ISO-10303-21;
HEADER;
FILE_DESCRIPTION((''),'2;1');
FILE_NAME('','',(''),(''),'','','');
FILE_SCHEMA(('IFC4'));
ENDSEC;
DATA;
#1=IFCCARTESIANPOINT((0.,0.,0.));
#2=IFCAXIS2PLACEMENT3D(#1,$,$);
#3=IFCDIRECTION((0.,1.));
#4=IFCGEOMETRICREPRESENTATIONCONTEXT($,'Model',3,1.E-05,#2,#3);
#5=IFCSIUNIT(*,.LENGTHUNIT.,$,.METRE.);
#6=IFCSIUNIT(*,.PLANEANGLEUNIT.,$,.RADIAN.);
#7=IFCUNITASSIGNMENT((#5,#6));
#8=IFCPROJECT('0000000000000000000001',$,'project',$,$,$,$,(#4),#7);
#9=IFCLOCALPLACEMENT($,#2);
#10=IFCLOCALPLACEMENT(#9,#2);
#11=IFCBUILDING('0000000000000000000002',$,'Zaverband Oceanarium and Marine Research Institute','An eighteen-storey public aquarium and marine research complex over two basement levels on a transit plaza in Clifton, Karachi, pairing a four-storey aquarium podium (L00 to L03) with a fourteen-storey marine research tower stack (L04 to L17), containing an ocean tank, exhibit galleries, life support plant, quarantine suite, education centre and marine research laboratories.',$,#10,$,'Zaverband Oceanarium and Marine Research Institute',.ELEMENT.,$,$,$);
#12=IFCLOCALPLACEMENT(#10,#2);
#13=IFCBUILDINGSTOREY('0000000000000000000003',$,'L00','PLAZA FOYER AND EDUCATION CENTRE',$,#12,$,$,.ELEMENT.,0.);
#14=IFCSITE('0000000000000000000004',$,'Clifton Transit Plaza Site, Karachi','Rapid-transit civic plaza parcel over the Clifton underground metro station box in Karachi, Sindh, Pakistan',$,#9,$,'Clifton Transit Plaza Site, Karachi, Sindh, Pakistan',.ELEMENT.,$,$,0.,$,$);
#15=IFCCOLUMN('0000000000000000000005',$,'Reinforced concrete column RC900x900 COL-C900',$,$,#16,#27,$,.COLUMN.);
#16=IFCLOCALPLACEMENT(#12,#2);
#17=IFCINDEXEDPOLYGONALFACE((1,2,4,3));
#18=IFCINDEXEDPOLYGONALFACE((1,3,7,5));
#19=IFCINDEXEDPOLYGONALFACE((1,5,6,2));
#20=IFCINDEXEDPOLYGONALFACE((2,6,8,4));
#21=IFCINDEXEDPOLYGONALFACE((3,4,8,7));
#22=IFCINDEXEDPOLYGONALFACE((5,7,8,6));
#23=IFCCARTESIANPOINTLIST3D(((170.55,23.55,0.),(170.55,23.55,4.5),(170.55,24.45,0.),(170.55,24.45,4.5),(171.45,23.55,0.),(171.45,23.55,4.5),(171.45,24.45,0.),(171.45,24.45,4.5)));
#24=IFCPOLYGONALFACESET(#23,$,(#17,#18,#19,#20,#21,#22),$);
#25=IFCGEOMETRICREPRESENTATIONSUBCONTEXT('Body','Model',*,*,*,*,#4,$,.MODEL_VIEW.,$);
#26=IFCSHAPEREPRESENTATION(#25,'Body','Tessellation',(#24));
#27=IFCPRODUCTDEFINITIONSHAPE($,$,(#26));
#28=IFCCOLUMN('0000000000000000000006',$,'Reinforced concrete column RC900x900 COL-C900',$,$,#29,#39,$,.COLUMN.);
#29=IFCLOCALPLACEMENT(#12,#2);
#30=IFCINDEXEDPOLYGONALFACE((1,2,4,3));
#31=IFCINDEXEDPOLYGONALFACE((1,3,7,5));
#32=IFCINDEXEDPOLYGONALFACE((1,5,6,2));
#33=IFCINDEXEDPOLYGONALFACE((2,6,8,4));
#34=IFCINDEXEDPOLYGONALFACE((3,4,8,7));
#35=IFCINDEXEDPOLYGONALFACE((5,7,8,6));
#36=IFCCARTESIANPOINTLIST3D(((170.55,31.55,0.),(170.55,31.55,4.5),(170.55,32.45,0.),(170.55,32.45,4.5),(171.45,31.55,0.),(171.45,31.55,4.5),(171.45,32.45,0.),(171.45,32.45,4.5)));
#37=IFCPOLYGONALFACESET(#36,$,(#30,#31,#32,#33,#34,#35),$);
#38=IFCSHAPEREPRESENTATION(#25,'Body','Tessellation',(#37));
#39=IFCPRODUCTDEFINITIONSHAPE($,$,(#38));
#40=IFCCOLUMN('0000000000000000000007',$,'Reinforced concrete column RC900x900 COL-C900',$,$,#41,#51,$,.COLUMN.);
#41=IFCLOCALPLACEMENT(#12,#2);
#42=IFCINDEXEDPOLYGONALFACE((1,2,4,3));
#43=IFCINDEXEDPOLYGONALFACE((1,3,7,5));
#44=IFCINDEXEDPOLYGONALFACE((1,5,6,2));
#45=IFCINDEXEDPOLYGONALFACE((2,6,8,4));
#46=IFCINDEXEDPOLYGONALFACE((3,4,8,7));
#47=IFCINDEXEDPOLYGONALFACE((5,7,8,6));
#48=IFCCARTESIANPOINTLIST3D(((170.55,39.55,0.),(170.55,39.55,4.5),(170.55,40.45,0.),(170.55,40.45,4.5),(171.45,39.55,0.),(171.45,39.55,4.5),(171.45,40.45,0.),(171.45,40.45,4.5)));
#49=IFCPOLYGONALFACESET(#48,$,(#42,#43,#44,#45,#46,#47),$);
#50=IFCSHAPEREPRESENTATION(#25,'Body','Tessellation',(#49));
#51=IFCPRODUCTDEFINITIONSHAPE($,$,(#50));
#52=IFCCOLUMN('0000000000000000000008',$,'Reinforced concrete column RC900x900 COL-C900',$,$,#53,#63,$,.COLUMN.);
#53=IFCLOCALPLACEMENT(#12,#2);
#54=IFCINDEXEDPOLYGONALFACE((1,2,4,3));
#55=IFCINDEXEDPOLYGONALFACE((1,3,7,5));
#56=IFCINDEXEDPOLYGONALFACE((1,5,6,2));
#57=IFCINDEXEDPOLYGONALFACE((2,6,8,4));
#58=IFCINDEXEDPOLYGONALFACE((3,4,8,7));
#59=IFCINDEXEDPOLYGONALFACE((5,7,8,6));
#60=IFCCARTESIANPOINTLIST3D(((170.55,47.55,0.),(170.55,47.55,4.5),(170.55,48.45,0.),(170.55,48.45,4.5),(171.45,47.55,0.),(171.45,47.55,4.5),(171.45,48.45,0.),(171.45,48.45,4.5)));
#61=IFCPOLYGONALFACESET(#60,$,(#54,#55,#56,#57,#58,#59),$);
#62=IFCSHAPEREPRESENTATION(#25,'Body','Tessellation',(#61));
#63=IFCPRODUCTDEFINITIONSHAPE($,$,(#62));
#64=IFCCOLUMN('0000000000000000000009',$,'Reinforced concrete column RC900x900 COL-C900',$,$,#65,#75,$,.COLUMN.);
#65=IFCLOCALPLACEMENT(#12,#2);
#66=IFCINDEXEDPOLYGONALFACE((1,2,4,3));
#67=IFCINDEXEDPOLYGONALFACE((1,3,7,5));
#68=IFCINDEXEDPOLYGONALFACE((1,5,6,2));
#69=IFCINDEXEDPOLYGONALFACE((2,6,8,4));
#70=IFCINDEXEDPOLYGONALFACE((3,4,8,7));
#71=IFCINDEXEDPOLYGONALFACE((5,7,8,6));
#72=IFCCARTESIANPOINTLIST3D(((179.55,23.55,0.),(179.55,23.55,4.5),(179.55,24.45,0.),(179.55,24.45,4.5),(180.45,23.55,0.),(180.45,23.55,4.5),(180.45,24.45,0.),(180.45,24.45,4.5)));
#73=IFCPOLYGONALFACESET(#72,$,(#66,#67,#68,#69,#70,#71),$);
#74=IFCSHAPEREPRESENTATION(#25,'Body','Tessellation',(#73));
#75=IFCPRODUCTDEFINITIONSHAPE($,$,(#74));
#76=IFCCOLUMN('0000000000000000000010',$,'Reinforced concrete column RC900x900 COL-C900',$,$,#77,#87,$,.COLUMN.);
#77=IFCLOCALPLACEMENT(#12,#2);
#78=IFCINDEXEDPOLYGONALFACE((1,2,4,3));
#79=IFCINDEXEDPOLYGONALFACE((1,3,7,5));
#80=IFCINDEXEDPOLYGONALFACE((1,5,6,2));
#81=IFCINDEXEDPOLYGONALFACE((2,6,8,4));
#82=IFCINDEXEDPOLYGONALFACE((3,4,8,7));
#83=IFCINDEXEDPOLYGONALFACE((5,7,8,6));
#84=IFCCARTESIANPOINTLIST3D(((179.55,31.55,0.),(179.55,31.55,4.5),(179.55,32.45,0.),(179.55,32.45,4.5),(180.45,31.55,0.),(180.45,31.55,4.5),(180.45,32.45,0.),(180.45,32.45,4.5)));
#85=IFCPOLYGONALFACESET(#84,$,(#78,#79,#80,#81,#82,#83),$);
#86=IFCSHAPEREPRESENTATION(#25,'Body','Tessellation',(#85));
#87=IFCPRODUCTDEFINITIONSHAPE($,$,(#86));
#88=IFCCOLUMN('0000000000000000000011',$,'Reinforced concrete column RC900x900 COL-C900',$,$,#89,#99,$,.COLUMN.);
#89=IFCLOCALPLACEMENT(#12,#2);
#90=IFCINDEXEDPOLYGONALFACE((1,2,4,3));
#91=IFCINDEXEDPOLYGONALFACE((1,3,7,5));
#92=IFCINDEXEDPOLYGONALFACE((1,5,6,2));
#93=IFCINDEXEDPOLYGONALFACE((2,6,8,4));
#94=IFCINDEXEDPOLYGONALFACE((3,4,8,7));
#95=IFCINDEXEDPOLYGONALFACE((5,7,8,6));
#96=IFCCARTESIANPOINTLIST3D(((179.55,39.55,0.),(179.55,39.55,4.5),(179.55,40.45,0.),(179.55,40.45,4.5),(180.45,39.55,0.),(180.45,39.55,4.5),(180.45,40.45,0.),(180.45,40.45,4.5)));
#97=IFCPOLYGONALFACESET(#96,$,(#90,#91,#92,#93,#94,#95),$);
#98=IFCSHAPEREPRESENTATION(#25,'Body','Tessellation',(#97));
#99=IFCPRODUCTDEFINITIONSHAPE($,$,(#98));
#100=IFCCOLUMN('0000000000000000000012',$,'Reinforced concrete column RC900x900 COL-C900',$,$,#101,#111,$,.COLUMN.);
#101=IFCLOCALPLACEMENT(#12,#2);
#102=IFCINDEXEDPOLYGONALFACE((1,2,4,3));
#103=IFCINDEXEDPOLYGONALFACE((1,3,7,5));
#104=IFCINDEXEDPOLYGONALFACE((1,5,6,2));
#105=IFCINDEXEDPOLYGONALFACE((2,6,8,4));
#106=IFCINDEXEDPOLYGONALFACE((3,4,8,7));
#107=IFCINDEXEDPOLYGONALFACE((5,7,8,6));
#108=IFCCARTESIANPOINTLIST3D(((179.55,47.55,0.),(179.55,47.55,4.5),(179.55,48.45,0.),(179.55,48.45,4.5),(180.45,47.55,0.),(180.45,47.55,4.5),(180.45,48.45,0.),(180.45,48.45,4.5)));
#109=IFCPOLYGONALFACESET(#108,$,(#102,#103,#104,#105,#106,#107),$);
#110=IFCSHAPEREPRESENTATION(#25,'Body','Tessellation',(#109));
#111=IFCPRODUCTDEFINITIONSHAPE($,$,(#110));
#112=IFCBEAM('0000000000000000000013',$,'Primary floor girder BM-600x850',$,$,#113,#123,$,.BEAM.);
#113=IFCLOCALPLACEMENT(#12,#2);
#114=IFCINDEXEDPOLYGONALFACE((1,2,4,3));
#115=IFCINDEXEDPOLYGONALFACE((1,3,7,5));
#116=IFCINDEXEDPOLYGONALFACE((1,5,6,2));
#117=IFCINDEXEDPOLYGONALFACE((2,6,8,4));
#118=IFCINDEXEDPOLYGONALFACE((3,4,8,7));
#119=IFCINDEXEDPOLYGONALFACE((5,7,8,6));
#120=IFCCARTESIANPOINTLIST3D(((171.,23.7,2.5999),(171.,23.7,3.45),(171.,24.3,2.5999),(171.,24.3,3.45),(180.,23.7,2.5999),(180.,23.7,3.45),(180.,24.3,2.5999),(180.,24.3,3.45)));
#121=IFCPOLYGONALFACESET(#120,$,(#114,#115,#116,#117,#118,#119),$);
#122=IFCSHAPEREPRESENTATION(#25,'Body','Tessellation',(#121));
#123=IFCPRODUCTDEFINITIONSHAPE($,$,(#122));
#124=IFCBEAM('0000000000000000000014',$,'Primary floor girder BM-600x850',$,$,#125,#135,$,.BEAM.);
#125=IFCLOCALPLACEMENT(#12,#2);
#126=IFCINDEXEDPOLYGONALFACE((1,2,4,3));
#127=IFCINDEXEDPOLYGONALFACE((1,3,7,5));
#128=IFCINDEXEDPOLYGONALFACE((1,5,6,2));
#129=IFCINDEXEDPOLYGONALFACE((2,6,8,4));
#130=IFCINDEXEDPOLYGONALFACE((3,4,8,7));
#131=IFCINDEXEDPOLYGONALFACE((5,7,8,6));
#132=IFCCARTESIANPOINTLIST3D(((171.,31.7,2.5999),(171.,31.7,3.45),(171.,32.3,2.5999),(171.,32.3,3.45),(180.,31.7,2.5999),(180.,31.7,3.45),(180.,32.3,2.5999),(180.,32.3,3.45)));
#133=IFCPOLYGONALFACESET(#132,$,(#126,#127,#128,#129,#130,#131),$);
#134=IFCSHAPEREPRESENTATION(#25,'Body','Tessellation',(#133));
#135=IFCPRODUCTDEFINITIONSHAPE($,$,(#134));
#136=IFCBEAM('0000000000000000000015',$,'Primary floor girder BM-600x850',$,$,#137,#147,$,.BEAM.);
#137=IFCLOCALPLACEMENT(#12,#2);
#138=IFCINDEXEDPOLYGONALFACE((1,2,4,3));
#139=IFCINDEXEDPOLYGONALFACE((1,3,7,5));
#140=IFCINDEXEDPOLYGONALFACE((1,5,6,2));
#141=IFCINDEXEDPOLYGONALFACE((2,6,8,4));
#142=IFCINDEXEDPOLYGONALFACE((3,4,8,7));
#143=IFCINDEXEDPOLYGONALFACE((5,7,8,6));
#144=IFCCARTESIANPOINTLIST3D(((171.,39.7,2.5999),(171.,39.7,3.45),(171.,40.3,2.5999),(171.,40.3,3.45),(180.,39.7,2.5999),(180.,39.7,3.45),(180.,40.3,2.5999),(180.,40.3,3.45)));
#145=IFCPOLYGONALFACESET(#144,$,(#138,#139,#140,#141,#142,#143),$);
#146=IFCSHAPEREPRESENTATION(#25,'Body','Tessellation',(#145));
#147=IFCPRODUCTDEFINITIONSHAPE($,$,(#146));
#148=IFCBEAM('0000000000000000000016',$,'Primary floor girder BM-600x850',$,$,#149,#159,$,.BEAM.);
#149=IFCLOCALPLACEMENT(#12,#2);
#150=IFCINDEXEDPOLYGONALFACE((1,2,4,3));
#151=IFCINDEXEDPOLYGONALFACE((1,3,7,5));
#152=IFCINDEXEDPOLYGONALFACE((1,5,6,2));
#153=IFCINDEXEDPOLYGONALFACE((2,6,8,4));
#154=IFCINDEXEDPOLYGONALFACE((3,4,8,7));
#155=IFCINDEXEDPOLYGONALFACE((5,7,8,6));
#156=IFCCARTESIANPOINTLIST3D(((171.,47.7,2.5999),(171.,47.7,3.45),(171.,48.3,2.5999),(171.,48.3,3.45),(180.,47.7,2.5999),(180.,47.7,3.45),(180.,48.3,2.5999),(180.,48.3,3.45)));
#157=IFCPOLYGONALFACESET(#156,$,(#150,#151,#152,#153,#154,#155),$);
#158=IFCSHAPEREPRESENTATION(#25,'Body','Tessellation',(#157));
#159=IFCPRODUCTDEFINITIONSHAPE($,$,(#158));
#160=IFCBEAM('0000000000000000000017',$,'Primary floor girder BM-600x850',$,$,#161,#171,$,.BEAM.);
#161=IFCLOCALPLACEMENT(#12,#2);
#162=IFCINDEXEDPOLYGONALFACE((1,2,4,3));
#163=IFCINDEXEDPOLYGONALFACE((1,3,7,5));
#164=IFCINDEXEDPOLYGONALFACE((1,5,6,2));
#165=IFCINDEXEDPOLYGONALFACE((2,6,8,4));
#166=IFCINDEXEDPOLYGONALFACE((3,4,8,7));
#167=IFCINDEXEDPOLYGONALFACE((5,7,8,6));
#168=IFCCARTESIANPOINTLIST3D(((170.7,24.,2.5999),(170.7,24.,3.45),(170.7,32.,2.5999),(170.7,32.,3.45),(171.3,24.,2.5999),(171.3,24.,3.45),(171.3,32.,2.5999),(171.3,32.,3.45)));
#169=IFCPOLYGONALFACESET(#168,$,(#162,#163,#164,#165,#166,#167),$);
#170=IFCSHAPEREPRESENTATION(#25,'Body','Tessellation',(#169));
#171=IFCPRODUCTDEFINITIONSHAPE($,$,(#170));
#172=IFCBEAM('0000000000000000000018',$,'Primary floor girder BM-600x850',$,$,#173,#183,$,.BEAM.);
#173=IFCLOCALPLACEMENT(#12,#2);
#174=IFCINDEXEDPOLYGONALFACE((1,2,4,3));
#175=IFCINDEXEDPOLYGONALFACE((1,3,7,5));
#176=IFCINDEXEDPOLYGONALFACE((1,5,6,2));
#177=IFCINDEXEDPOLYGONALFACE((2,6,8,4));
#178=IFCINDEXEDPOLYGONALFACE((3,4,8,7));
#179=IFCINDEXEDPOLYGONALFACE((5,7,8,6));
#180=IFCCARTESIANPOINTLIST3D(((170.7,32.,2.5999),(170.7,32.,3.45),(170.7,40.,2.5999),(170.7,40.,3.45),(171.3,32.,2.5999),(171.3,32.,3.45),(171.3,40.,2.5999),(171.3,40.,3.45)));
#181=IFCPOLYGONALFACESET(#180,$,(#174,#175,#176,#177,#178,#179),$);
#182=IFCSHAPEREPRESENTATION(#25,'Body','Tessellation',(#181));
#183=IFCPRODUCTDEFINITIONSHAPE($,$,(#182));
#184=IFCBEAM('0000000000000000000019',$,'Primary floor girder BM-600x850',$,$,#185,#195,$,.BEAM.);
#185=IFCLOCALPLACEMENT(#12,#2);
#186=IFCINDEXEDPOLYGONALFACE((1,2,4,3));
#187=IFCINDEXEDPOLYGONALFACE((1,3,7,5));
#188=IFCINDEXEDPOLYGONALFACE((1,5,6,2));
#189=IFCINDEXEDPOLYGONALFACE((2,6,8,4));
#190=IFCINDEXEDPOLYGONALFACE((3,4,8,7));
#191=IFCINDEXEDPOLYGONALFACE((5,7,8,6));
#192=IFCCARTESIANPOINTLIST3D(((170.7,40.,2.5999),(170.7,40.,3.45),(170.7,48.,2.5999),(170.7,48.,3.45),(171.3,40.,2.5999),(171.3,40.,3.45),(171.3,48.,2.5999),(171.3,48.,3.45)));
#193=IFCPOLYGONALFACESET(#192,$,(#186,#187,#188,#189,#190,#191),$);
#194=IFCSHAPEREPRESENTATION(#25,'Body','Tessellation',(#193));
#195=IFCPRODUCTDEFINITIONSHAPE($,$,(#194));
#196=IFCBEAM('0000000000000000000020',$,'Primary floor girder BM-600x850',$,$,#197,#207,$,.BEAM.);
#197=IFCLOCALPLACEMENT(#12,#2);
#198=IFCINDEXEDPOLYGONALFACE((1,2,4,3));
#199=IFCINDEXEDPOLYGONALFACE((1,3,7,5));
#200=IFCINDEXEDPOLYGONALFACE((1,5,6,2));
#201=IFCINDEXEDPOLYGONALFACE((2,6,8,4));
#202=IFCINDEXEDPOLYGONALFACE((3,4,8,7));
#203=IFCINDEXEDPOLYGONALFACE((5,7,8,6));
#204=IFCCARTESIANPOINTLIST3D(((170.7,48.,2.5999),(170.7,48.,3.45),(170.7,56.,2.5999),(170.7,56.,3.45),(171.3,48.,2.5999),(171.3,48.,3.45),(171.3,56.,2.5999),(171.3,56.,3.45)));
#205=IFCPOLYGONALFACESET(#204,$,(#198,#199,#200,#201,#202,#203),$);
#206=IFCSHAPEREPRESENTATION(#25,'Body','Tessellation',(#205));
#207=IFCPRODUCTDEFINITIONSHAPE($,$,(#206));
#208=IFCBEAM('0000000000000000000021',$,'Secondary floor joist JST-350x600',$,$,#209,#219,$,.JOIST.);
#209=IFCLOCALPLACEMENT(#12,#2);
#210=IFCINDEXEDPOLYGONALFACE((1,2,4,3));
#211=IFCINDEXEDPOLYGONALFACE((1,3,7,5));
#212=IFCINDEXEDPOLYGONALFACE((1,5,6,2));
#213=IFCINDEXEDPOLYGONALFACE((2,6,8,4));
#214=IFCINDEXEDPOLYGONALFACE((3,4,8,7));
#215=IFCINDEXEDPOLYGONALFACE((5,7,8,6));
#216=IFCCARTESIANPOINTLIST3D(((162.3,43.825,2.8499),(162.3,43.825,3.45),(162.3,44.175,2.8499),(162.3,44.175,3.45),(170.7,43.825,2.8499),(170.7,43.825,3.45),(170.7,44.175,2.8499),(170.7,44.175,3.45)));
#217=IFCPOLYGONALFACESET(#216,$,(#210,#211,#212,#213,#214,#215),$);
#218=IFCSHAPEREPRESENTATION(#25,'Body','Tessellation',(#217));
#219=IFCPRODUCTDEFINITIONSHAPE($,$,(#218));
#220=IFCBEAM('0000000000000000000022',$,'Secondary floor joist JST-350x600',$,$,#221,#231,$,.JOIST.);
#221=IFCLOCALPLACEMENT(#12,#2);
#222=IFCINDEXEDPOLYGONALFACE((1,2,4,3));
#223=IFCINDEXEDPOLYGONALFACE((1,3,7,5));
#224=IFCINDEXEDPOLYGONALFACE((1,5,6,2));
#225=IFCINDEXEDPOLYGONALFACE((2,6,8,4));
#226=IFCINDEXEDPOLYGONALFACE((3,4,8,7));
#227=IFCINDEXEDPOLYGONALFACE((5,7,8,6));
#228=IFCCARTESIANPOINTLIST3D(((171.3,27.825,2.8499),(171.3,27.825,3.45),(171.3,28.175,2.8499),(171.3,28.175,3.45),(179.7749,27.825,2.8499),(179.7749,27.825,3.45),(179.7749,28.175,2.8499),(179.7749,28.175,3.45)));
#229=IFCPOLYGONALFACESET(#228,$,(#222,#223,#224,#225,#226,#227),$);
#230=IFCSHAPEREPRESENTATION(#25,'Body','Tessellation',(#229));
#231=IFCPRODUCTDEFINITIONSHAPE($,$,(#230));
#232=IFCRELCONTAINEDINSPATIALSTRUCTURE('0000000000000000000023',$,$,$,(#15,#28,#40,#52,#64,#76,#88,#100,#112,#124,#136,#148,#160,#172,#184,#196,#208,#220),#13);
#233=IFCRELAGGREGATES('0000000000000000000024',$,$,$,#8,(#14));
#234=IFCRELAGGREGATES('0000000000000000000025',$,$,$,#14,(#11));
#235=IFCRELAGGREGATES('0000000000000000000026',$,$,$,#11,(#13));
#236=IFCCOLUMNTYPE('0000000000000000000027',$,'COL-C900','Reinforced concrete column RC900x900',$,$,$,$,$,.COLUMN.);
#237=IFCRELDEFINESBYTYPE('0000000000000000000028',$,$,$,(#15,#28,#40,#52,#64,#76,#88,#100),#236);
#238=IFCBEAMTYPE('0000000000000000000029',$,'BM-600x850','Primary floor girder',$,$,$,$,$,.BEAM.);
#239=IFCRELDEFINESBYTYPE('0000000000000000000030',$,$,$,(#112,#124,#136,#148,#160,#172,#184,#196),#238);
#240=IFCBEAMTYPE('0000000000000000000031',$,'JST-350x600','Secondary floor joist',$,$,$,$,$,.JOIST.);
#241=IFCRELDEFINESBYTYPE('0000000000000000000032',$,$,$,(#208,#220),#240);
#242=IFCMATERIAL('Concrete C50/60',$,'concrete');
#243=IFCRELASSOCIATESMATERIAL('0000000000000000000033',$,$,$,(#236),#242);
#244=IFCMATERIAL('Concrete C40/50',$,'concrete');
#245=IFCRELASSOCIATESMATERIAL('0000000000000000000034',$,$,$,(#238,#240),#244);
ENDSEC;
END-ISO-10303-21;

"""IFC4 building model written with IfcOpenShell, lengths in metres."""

from ifc_helpers import new_model, si_unit, direction, frame, origin, origin_2d, place, context, subcontext, project, spatial, rectangle, extrude, material, material_profile, profile_set, type_object, element, save


model = new_model("IFC4")

# Units and contexts
model_context = context("Model", 3, precision=1e-05, world=origin(), true_north=direction((0.0, 1.0)))
body_context = subcontext(model_context, "Body", "Model", "MODEL_VIEW")
ifc_project = project(units=[si_unit("LENGTHUNIT", "METRE"), si_unit("PLANEANGLEUNIT", "RADIAN")], contexts=[model_context])

# Site, building, storey
site_placement = place(None, origin())
site = spatial("IfcSite", under=ifc_project, at=site_placement, Name="Clifton Transit Plaza Site, Karachi", Description="Rapid-transit civic plaza parcel over the Clifton underground metro station box in Karachi, Sindh, Pakistan", LongName="Clifton Transit Plaza Site, Karachi, Sindh, Pakistan", CompositionType="ELEMENT", RefElevation=0.0)
building_placement = place(site_placement, origin())
building = spatial("IfcBuilding", under=site, at=building_placement, Name="Zaverband Oceanarium and Marine Research Institute", Description="An eighteen-storey public aquarium and marine research complex over two basement levels on a transit plaza in Clifton, Karachi, pairing a four-storey aquarium podium (L00 to L03) with a fourteen-storey marine research tower stack (L04 to L17), containing an ocean tank, exhibit galleries, life support plant, quarantine suite, education centre and marine research laboratories.", LongName="Zaverband Oceanarium and Marine Research Institute", CompositionType="ELEMENT")
storey_placement = place(building_placement, origin())
storey = spatial("IfcBuildingStorey", under=building, at=storey_placement, Name="L00", Description="PLAZA FOYER AND EDUCATION CENTRE", CompositionType="ELEMENT", Elevation=0.0)

# Columns
ifc_material_1 = material(Name="Concrete C50/60", Category="concrete")
ifc_material_profile_1 = material_profile(ifc_material_1, rectangle(XDim=0.8999, YDim=0.8999, at=origin_2d()), Name="RC900x900")
ifc_profile_set_1 = profile_set([ifc_material_profile_1], Name="Concrete C50/60")
column_type = type_object("IfcColumnType", Name="COL-C900", Description="Reinforced concrete column RC900x900", PredefinedType="COLUMN", material=ifc_profile_set_1)
for number, where, z_axis, x_axis, name in (
    (1, (171.0, 24.0, 0.0), (0.0, 0.0, 1.0), (1.0, 0.0, 0.0), "Reinforced concrete column RC900x900 COL-C900"),
    (2, (171.0, 32.0, 0.0), (0.0, 0.0, 1.0), (1.0, 0.0, 0.0), "Reinforced concrete column RC900x900 COL-C900"),
    (3, (171.0, 40.0, 0.0), (0.0, 0.0, 1.0), (1.0, 0.0, 0.0), "Reinforced concrete column RC900x900 COL-C900"),
    (4, (171.0, 48.0, 0.0), (0.0, 0.0, 1.0), (1.0, 0.0, 0.0), "Reinforced concrete column RC900x900 COL-C900"),
    (5, (180.0, 24.0, 0.0), (0.0, 0.0, 1.0), (1.0, 0.0, 0.0), "Reinforced concrete column RC900x900 COL-C900"),
    (6, (180.0, 32.0, 0.0), (0.0, 0.0, 1.0), (1.0, 0.0, 0.0), "Reinforced concrete column RC900x900 COL-C900"),
    (7, (180.0, 40.0, 0.0), (0.0, 0.0, 1.0), (1.0, 0.0, 0.0), "Reinforced concrete column RC900x900 COL-C900"),
    (8, (180.0, 48.0, 0.0), (0.0, 0.0, 1.0), (1.0, 0.0, 0.0), "Reinforced concrete column RC900x900 COL-C900"),
):
    element("IfcColumn", number, at=place(storey_placement, frame(where, z_axis=z_axis, x_axis=x_axis)), inside=storey, type_object=column_type, Name=name, PredefinedType="COLUMN", context=body_context, shape_type="SweptSolid", body=[
        extrude(rectangle(XDim=0.8999, YDim=0.8999, at=origin_2d()), origin(), (0.0, 0.0, 1.0), 4.5),
    ])

# Beams
ifc_material_2 = material(Name="Concrete C40/50", Category="concrete")
ifc_material_profile_2 = material_profile(ifc_material_2, rectangle(XDim=0.6001, YDim=0.8501, at=origin_2d()), Name="RC600x850")
ifc_profile_set_2 = profile_set([ifc_material_profile_2], Name="Concrete C40/50")
beam_type_1 = type_object("IfcBeamType", Name="BM-600x850", Description="Primary floor girder", PredefinedType="BEAM", material=ifc_profile_set_2)
for number, where, z_axis, x_axis, name in (
    (9, (171.0, 24.0, 3.0249), (1.0, 0.0, 0.0), (0.0, 1.0, 0.0), "Primary floor girder BM-600x850"),
    (10, (171.0, 32.0, 3.0249), (1.0, 0.0, 0.0), (0.0, 1.0, 0.0), "Primary floor girder BM-600x850"),
    (11, (171.0, 40.0, 3.0249), (1.0, 0.0, 0.0), (0.0, 1.0, 0.0), "Primary floor girder BM-600x850"),
    (12, (171.0, 48.0, 3.0249), (1.0, 0.0, 0.0), (0.0, 1.0, 0.0), "Primary floor girder BM-600x850"),
):
    element("IfcBeam", number, at=place(storey_placement, frame(where, z_axis=z_axis, x_axis=x_axis)), inside=storey, type_object=beam_type_1, Name=name, PredefinedType="BEAM", context=body_context, shape_type="SweptSolid", body=[
        extrude(rectangle(XDim=0.6001, YDim=0.8501, at=origin_2d()), origin(), (0.0, 0.0, 1.0), 9.0),
    ])
for number, where, z_axis, x_axis, name in (
    (13, (171.0, 24.0, 3.0249), (0.0, 1.0, 0.0), (-1.0, 0.0, 0.0), "Primary floor girder BM-600x850"),
    (14, (171.0, 32.0, 3.0249), (0.0, 1.0, 0.0), (-1.0, 0.0, 0.0), "Primary floor girder BM-600x850"),
    (15, (171.0, 40.0, 3.0249), (0.0, 1.0, 0.0), (-1.0, 0.0, 0.0), "Primary floor girder BM-600x850"),
    (16, (171.0, 48.0, 3.0249), (0.0, 1.0, 0.0), (-1.0, 0.0, 0.0), "Primary floor girder BM-600x850"),
):
    element("IfcBeam", number, at=place(storey_placement, frame(where, z_axis=z_axis, x_axis=x_axis)), inside=storey, type_object=beam_type_1, Name=name, PredefinedType="BEAM", context=body_context, shape_type="SweptSolid", body=[
        extrude(rectangle(XDim=0.6001, YDim=0.8501, at=origin_2d()), origin(), (0.0, 0.0, 1.0), 8.0),
    ])
ifc_material_profile_3 = material_profile(ifc_material_2, rectangle(XDim=0.3501, YDim=0.6001, at=origin_2d()), Name="RC350x600")
ifc_profile_set_3 = profile_set([ifc_material_profile_3], Name="Concrete C40/50")
beam_type_2 = type_object("IfcBeamType", Name="JST-350x600", Description="Secondary floor joist", PredefinedType="JOIST", material=ifc_profile_set_3)
beam_placement = place(storey_placement, frame((162.3, 44.0, 3.1499), z_axis=(1.0, 0.0, 0.0), x_axis=(0.0, 1.0, 0.0)))
element("IfcBeam", 17, at=beam_placement, inside=storey, type_object=beam_type_2, Name="Secondary floor joist JST-350x600", PredefinedType="JOIST", context=body_context, shape_type="SweptSolid", body=[
    extrude(rectangle(XDim=0.3501, YDim=0.6001, at=origin_2d()), origin(), (0.0, 0.0, 1.0), 8.3999),
])
for number, where, z_axis, x_axis, name in (
    (18, (171.3, 28.0, 3.1499), (1.0, 0.0, 0.0), (0.0, 1.0, 0.0), "Secondary floor joist JST-350x600"),
):
    element("IfcBeam", number, at=place(storey_placement, frame(where, z_axis=z_axis, x_axis=x_axis)), inside=storey, type_object=beam_type_2, Name=name, PredefinedType="JOIST", context=body_context, shape_type="SweptSolid", body=[
        extrude(rectangle(XDim=0.3501, YDim=0.6001, at=origin_2d()), origin(), (0.0, 0.0, 1.0), 8.4749),
    ])

save(model, "model.ifc")
